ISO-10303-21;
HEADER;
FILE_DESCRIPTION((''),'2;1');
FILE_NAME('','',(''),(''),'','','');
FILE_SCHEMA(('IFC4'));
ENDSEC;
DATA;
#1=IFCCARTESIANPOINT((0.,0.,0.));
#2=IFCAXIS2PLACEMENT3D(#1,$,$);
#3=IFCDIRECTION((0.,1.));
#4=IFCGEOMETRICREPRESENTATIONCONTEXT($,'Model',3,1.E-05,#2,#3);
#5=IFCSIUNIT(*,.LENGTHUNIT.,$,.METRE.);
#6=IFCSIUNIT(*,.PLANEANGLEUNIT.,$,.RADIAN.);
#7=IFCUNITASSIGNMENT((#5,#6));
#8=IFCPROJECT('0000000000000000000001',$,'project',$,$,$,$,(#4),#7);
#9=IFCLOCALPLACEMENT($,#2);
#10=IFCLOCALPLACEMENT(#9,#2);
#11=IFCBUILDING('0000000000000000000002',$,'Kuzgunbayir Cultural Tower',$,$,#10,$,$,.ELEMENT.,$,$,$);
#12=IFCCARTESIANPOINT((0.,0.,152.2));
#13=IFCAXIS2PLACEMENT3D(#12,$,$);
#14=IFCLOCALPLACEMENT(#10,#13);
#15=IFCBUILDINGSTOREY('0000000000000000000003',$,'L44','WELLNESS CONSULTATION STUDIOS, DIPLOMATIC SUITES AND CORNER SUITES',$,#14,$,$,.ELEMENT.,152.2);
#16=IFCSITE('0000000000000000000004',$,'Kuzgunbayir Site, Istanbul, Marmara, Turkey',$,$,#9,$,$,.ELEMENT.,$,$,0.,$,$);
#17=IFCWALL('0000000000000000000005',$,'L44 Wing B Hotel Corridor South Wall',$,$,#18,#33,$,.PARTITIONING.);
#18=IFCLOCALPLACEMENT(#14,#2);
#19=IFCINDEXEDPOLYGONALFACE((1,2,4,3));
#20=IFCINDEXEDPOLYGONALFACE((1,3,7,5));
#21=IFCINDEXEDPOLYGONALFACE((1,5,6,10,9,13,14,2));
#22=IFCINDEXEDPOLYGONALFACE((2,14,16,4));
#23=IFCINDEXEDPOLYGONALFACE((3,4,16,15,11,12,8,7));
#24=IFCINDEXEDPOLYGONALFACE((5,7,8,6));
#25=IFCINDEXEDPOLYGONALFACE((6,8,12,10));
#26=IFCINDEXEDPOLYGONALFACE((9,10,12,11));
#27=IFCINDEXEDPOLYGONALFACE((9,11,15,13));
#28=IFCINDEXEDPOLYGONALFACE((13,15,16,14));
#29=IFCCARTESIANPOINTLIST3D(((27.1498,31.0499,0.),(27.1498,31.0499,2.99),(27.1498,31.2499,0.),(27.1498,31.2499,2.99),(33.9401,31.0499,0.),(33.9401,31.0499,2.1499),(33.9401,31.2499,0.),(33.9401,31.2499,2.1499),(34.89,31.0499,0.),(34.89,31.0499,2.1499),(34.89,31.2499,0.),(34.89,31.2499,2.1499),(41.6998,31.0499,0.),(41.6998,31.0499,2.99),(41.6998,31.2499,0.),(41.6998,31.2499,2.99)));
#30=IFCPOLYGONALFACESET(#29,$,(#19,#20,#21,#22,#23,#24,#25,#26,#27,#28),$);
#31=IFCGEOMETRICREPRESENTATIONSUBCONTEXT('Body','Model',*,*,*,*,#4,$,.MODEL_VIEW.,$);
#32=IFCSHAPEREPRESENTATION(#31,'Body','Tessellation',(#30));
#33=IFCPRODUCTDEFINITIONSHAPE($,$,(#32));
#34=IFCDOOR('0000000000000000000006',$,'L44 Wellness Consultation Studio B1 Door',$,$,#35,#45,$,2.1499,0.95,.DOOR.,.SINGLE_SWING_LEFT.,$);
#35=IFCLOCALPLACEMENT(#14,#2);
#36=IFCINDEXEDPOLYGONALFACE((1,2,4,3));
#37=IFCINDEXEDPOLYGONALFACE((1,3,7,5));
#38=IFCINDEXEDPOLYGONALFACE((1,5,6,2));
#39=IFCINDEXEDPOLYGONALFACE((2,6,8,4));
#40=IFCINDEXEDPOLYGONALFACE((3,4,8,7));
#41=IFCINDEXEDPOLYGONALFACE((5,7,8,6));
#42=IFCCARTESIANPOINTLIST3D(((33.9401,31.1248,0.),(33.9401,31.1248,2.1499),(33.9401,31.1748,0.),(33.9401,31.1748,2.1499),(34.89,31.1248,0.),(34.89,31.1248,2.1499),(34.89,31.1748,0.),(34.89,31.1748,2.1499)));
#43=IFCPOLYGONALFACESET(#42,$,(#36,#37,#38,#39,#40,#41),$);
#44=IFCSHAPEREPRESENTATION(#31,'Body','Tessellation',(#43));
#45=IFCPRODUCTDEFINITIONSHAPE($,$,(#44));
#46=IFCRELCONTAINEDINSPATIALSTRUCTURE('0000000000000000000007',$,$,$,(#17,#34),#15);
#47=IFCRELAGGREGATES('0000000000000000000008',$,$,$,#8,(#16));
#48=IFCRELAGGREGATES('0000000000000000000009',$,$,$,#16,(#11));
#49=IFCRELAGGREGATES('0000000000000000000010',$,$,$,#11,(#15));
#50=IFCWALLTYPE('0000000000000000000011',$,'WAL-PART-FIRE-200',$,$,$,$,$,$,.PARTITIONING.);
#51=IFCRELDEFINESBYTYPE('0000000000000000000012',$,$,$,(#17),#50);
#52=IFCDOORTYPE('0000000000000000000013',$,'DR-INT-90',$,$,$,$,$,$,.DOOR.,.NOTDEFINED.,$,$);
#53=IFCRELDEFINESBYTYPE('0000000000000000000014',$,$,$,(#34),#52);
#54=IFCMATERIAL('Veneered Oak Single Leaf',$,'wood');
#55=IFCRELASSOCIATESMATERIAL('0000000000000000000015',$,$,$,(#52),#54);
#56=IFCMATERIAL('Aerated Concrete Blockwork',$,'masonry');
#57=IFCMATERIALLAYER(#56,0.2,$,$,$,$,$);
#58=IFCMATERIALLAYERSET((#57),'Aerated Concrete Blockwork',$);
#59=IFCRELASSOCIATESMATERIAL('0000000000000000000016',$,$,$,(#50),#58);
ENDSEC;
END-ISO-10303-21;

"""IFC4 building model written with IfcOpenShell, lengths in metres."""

from ifc_helpers import new_model, si_unit, direction, frame, frame_2d, origin, place, context, subcontext, project, spatial, rectangle, extrude, material, layer, layer_set, type_object, element, fill, save


model = new_model("IFC4")

# Units and contexts
model_context = context("Model", 3, precision=1e-05, world=origin(), true_north=direction((0.0, 1.0)))
body_context = subcontext(model_context, "Body", "Model", "MODEL_VIEW")
ifc_project = project(units=[si_unit("LENGTHUNIT", "METRE"), si_unit("PLANEANGLEUNIT", "RADIAN")], contexts=[model_context])

# Site, building, storey
site_placement = place(None, origin())
site = spatial("IfcSite", under=ifc_project, at=site_placement, Name="Kuzgunbayir Site, Istanbul, Marmara, Turkey", CompositionType="ELEMENT", RefElevation=0.0)
building_placement = place(site_placement, origin())
building = spatial("IfcBuilding", under=site, at=building_placement, Name="Kuzgunbayir Cultural Tower", CompositionType="ELEMENT")
storey_placement = place(building_placement, frame((0.0, 0.0, 152.2)))
storey = spatial("IfcBuildingStorey", under=building, at=storey_placement, Name="L44", Description="WELLNESS CONSULTATION STUDIOS, DIPLOMATIC SUITES AND CORNER SUITES", CompositionType="ELEMENT", Elevation=152.2)

# Shared definitions
ifc_material_1 = material(Name="Veneered Oak Single Leaf", Category="wood")
door_type_1 = type_object("IfcDoorType", Name="DR-INT-90", OperationType="NOTDEFINED", PredefinedType="DOOR", material=ifc_material_1)

# Shared definitions
ifc_material_2 = material(Name="Aerated Concrete Blockwork", Category="masonry")
ifc_layer_1 = layer(ifc_material_2, 0.2)
ifc_layer_set_1 = layer_set([ifc_layer_1], Name="Aerated Concrete Blockwork")
wall_type_1 = type_object("IfcWallType", Name="WAL-PART-FIRE-200", PredefinedType="PARTITIONING", material=ifc_layer_set_1)

# Wall, opening, door
wall_1_placement = place(storey_placement, frame((27.1499, 31.1499, 0.0), z_axis=(0.0, 0.0, 1.0), x_axis=(1.0, 0.0, 0.0)))
wall_1 = element("IfcWall", 1, at=wall_1_placement, inside=storey, type_object=wall_type_1, Name="L44 Wing B Hotel Corridor South Wall", PredefinedType="PARTITIONING", context=body_context, shape_type="SweptSolid", body=[
    extrude(rectangle(XDim=14.55, YDim=0.2, at=frame_2d((7.2749, 0.0))), origin(), (0.0, 0.0, 1.0), 2.99),
])
opening_1_placement = place(wall_1_placement, frame((6.79, 0.0, 0.0)))
opening_1 = element("IfcOpeningElement", 2, at=opening_1_placement, cuts=wall_1, PredefinedType="OPENING", context=body_context, shape_type="SweptSolid", body=[
    extrude(rectangle(XDim=0.95, YDim=2.1499, at=frame_2d((0.4751, 1.075))), frame((0.0, 0.1099, 0.0), z_axis=(0.0, -1.0, 0.0), x_axis=(1.0, 0.0, 0.0)), (0.0, 0.0, 1.0), 0.22),
])
door_1_placement = place(opening_1_placement, origin())
door_1 = element("IfcDoor", 3, at=door_1_placement, inside=storey, type_object=door_type_1, Name="L44 Wellness Consultation Studio B1 Door", OperationType="SINGLE_SWING_LEFT", OverallHeight=2.1499, OverallWidth=0.95, PredefinedType="DOOR", context=body_context, shape_type="SweptSolid", body=[
    extrude(rectangle(XDim=0.95, YDim=2.1499, at=frame_2d((0.4751, 1.075))), frame((0.0, 0.0249, 0.0), z_axis=(0.0, -1.0, 0.0), x_axis=(1.0, 0.0, 0.0)), (0.0, 0.0, 1.0), 0.05),
])
fill(opening_1, door_1)

save(model, "model.ifc")
